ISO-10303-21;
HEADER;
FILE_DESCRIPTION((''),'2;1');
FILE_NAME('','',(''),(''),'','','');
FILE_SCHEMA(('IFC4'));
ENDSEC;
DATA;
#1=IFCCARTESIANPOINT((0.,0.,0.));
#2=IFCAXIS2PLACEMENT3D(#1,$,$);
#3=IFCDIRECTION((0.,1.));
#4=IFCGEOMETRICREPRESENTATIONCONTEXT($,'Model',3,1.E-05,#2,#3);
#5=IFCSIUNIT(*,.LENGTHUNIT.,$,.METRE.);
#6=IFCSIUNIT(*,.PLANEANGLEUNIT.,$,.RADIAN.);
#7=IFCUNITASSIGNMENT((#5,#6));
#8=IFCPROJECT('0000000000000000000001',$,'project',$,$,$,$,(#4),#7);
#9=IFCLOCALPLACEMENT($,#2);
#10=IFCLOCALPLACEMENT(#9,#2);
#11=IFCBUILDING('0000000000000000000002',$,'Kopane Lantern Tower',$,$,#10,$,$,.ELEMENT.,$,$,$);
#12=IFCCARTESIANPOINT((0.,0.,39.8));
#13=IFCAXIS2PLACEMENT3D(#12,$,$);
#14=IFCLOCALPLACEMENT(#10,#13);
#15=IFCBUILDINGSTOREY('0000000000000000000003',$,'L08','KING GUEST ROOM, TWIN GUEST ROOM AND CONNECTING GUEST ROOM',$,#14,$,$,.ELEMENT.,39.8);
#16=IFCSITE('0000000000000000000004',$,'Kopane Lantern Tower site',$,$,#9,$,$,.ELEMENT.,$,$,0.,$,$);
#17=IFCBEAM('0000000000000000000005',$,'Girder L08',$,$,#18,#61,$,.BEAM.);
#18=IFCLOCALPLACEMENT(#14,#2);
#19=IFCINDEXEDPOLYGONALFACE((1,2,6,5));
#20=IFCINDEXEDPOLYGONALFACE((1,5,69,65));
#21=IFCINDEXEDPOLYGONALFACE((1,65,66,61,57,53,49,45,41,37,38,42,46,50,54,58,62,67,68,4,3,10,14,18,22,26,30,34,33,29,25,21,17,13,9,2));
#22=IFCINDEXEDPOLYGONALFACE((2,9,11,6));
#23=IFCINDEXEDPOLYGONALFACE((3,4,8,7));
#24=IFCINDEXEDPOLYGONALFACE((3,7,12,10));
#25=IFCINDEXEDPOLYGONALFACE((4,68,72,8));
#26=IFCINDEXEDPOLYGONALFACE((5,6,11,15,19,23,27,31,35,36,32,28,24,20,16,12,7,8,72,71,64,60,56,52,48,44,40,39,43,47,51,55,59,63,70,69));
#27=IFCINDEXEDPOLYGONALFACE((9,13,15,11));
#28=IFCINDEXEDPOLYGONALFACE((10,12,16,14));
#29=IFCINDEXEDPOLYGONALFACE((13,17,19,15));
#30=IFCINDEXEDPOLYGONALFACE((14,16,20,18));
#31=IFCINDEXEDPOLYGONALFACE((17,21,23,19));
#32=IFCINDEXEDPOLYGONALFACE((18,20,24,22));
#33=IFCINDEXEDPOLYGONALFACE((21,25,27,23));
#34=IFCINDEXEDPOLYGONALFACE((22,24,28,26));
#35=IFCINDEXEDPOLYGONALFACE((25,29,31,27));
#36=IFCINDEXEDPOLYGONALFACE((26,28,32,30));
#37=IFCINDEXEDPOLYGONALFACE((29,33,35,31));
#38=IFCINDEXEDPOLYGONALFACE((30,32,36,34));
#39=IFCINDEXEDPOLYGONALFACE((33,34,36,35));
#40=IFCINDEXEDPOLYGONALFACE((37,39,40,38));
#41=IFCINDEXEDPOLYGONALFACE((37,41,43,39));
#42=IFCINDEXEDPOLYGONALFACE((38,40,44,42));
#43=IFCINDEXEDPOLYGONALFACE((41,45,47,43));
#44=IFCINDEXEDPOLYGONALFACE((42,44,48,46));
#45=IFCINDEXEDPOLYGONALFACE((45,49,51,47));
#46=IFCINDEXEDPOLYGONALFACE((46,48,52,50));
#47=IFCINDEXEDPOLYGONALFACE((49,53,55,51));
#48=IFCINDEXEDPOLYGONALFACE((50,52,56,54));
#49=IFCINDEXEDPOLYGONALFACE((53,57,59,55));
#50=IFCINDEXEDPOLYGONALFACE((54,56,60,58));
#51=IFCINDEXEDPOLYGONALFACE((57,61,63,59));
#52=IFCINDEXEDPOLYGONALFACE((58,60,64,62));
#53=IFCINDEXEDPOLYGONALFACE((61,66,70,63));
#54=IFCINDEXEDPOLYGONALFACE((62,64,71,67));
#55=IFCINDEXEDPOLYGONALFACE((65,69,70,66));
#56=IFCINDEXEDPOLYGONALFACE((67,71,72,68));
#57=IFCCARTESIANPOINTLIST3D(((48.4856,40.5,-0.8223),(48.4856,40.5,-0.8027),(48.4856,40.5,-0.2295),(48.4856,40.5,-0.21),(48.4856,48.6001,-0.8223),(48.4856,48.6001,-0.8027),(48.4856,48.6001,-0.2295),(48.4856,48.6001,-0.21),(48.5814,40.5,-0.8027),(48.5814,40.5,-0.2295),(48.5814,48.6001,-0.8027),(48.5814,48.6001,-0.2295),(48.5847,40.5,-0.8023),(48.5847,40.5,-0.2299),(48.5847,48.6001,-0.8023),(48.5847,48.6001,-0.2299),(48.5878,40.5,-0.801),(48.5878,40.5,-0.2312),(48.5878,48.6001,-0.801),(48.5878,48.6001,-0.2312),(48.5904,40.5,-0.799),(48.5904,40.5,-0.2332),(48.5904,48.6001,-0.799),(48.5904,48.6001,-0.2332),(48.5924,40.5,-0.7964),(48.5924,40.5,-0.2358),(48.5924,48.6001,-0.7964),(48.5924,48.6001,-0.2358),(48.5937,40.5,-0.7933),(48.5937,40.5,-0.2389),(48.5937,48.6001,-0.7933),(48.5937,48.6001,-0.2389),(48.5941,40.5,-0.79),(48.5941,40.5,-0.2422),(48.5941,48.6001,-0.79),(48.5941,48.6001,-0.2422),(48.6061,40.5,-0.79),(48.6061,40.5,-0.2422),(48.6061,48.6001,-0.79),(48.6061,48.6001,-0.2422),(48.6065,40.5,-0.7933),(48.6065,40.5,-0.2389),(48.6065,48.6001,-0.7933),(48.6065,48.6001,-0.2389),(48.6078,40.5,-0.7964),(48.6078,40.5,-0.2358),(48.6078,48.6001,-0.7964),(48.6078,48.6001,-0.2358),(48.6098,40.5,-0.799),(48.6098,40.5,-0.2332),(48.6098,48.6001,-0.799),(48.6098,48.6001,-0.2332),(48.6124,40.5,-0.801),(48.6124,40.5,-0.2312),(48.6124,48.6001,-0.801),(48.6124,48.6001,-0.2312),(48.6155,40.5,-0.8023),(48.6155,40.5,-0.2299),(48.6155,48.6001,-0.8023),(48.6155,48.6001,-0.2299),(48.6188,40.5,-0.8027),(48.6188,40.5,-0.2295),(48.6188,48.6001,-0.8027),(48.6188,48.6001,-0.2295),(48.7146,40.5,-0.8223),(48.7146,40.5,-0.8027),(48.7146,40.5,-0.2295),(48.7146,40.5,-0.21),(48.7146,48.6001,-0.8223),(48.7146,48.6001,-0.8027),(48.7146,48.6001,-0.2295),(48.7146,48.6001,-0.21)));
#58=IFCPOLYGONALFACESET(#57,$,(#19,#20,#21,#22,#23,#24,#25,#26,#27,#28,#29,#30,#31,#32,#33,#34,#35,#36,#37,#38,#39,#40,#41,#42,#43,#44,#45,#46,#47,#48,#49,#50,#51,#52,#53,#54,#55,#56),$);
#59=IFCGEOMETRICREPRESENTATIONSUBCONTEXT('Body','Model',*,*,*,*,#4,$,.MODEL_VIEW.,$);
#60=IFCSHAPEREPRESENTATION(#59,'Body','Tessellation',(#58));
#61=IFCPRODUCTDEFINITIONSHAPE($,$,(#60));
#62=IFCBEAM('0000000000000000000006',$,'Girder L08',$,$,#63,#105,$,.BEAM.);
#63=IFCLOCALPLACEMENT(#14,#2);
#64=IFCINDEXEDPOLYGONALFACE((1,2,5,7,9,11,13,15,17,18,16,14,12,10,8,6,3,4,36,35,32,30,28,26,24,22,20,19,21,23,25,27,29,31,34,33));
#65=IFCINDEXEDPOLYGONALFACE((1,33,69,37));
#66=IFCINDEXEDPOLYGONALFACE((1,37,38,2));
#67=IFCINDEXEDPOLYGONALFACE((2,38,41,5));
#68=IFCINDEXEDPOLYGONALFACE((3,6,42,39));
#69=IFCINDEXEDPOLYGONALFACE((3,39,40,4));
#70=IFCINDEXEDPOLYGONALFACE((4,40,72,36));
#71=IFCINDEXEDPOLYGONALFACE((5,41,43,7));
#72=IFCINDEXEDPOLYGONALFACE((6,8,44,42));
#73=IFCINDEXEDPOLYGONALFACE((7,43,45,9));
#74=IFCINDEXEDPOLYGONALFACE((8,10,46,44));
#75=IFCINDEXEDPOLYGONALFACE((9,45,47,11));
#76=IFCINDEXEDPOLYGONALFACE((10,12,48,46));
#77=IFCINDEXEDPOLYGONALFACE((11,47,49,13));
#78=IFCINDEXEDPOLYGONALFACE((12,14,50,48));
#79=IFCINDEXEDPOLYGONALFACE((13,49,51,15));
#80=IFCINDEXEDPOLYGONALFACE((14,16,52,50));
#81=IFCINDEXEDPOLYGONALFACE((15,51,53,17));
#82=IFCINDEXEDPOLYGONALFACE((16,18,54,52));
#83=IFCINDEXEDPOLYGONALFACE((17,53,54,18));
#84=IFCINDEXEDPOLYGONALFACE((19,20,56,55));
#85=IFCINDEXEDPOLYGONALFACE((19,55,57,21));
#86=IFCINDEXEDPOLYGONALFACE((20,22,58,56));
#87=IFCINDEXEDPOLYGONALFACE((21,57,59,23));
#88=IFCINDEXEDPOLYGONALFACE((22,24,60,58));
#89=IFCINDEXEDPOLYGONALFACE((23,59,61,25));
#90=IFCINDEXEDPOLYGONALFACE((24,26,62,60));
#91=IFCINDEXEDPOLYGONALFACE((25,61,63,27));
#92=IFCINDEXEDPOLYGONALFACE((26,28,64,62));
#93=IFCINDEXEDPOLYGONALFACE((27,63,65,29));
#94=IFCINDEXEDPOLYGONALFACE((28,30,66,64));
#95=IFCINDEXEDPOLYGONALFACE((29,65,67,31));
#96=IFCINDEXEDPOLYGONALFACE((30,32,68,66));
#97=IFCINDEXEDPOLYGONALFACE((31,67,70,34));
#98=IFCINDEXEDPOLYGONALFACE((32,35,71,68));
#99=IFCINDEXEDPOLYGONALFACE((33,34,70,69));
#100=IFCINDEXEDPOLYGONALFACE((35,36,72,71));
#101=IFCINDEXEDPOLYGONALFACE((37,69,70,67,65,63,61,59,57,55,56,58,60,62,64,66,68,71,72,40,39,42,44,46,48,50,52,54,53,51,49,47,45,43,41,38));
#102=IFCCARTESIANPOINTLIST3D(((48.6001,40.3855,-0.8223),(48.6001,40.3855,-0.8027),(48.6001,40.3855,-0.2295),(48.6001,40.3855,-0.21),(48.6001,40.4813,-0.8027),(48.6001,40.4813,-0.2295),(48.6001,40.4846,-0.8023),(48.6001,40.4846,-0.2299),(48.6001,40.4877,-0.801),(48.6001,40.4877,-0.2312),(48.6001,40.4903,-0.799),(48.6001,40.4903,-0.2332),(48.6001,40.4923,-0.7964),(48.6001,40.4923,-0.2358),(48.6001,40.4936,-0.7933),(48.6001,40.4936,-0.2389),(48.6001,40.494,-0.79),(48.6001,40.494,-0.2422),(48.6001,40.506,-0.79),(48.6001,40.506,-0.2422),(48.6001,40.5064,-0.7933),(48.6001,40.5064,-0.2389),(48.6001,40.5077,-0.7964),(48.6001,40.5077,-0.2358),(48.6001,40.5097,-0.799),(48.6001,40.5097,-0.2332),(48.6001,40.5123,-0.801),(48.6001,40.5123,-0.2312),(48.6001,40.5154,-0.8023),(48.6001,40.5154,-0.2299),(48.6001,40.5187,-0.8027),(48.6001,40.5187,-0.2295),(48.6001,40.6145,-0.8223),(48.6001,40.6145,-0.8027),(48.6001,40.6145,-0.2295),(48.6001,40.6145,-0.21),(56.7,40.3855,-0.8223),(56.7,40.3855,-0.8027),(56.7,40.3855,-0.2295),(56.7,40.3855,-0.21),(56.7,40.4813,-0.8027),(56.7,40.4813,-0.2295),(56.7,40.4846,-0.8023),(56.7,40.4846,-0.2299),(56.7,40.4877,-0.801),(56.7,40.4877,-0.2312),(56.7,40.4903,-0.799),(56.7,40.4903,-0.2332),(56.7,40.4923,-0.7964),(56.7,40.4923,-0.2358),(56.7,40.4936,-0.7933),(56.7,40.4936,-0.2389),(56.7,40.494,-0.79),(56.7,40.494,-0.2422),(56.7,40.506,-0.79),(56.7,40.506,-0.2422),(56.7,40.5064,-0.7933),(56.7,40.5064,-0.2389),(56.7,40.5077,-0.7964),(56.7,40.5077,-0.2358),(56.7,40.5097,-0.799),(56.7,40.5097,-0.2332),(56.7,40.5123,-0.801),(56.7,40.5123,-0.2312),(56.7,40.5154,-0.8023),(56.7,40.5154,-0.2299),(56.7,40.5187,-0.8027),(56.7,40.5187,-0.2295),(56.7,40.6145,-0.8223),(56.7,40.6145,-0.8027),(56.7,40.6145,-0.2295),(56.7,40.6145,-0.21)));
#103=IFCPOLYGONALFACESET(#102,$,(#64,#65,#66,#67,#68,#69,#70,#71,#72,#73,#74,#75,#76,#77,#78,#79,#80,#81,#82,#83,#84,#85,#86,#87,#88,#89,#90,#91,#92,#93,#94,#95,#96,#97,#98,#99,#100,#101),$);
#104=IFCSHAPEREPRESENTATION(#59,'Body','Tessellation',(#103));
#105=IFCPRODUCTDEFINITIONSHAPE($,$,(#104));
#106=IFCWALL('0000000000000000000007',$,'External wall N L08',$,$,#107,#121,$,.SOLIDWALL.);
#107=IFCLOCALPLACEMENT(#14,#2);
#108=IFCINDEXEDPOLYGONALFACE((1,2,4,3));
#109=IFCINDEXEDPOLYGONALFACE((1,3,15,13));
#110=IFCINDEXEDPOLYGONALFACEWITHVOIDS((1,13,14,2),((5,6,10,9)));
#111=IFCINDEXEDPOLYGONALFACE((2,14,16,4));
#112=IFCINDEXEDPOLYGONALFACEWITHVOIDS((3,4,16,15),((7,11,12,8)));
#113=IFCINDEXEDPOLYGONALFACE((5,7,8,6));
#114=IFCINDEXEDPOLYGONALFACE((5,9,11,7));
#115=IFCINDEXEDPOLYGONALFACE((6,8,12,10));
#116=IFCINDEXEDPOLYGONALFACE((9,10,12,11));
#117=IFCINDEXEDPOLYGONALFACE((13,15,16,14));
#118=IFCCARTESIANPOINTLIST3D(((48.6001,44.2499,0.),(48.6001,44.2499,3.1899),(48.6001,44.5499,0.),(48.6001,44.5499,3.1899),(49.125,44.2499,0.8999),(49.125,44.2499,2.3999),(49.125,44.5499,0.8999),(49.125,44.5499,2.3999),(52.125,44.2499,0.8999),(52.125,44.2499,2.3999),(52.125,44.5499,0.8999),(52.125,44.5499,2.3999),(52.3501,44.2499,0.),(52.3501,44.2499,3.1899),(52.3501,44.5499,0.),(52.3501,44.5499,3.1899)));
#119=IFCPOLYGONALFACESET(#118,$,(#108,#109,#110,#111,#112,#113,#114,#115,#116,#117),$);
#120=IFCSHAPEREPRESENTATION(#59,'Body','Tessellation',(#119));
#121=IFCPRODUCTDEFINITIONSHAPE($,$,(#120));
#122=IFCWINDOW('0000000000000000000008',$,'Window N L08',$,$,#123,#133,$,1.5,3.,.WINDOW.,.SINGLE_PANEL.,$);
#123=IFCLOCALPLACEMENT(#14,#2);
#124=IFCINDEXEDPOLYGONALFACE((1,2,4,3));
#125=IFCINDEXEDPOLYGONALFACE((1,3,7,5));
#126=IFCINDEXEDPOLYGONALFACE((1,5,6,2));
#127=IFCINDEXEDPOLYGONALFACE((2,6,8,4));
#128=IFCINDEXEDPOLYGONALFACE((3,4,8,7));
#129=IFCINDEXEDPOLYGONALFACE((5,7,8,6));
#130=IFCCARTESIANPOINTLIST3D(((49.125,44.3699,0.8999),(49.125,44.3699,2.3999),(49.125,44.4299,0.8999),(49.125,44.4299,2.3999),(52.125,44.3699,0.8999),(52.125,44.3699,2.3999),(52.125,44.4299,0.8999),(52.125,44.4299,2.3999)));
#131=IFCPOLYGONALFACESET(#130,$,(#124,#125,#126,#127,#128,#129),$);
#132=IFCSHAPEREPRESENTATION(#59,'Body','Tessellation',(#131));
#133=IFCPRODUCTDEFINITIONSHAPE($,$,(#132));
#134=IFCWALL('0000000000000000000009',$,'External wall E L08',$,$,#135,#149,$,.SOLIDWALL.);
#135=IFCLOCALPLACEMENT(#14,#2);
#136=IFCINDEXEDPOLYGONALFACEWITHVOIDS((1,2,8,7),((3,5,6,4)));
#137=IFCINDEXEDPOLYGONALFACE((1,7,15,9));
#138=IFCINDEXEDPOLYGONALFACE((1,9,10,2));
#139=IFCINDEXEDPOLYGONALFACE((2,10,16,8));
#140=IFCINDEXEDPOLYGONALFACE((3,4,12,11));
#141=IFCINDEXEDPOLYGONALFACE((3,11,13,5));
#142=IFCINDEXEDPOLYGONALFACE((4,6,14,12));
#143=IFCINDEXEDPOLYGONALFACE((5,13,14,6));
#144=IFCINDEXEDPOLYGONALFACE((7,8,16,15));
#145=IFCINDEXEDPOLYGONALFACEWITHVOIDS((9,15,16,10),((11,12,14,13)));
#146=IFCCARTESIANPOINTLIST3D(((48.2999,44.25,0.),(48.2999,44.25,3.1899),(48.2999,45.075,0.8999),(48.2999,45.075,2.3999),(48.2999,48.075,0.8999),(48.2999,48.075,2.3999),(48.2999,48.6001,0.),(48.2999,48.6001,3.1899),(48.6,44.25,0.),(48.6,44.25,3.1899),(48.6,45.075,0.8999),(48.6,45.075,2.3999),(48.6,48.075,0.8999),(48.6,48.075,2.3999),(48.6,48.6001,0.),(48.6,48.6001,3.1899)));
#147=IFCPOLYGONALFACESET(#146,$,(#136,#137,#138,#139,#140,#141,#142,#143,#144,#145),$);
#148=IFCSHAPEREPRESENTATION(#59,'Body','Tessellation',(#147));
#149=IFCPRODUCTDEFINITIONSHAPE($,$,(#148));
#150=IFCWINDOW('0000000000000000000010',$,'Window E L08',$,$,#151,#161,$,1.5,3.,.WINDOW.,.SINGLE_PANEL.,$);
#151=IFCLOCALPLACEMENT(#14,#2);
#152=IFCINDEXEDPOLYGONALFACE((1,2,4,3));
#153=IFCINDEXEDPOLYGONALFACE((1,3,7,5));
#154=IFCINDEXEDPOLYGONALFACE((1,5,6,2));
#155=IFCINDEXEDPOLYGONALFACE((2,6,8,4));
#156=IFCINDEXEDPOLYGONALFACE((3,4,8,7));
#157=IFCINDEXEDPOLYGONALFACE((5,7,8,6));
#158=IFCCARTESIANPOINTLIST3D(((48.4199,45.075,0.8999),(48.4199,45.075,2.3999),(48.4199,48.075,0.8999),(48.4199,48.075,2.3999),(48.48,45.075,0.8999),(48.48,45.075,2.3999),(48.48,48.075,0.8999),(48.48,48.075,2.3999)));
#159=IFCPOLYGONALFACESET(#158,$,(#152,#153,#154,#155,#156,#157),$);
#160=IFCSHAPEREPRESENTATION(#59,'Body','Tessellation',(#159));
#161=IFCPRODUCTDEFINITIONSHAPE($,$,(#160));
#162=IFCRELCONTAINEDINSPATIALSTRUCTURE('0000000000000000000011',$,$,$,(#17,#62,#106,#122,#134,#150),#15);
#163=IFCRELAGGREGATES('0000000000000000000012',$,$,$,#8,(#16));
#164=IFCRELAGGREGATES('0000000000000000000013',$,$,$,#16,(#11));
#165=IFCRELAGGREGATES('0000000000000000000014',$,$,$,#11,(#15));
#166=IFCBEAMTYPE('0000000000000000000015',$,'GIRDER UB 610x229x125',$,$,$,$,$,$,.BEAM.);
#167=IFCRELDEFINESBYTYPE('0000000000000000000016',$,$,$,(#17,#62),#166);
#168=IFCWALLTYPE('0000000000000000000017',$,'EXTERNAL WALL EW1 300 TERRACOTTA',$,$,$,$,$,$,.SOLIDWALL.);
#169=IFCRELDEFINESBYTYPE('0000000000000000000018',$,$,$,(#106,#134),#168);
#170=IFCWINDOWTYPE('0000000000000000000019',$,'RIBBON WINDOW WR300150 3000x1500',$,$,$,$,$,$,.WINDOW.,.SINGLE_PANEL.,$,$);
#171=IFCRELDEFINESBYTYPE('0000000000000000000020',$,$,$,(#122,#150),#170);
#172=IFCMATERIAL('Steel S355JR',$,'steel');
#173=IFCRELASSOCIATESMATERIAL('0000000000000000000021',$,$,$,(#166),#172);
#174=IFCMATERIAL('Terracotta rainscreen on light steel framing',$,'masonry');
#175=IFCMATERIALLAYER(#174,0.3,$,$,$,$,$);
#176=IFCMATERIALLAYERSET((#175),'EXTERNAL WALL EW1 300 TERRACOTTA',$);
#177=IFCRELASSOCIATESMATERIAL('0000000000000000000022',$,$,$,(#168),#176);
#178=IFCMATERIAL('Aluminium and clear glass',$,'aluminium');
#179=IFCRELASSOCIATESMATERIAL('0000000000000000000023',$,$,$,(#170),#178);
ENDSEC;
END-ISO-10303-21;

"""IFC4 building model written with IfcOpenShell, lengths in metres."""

from ifc_helpers import new_model, si_unit, direction, frame, frame_2d, origin, origin_2d, place, context, subcontext, project, spatial, rectangle, i_section, extrude, material, layer, layer_set, material_profile, profile_set, type_object, element, fill, save


model = new_model("IFC4")

# Units and contexts
model_context = context("Model", 3, precision=1e-05, world=origin(), true_north=direction((0.0, 1.0)))
body_context = subcontext(model_context, "Body", "Model", "MODEL_VIEW")
ifc_project = project(units=[si_unit("LENGTHUNIT", "METRE"), si_unit("PLANEANGLEUNIT", "RADIAN")], contexts=[model_context])

# Site, building, storey
site_placement = place(None, origin())
site = spatial("IfcSite", under=ifc_project, at=site_placement, Name="Kopane Lantern Tower site", CompositionType="ELEMENT", RefElevation=0.0)
building_placement = place(site_placement, origin())
building = spatial("IfcBuilding", under=site, at=building_placement, Name="Kopane Lantern Tower", CompositionType="ELEMENT")
storey_placement = place(building_placement, frame((0.0, 0.0, 39.8)))
storey = spatial("IfcBuildingStorey", under=building, at=storey_placement, Name="L08", Description="KING GUEST ROOM, TWIN GUEST ROOM AND CONNECTING GUEST ROOM", CompositionType="ELEMENT", Elevation=39.8)

# Beams
ifc_material_1 = material(Name="Steel S355JR", Category="steel")
ifc_material_profile_1 = material_profile(ifc_material_1, i_section(OverallWidth=0.229, OverallDepth=0.6123, WebThickness=0.012, FlangeThickness=0.0195, FilletRadius=0.0127, at=origin_2d()), Name="UB 610x229x125")
ifc_profile_set_1 = profile_set([ifc_material_profile_1], Name="Steel S355JR")
beam_type_1 = type_object("IfcBeamType", Name="GIRDER UB 610x229x125", PredefinedType="BEAM", material=ifc_profile_set_1)
beam_1_placement = place(storey_placement, frame((48.6001, 40.5, -0.5161), z_axis=(0.0, 1.0, 0.0), x_axis=(-1.0, 0.0, 0.0)))
element("IfcBeam", 1, at=beam_1_placement, inside=storey, type_object=beam_type_1, Name="Girder L08", PredefinedType="BEAM", context=body_context, shape_type="SweptSolid", body=[
    extrude(i_section(OverallWidth=0.229, OverallDepth=0.6123, WebThickness=0.012, FlangeThickness=0.0195, FilletRadius=0.0127, at=origin_2d()), origin(), (0.0, 0.0, 1.0), 8.1001),
])
beam_2_placement = place(storey_placement, frame((48.6001, 40.5, -0.5161), z_axis=(1.0, 0.0, 0.0), x_axis=(0.0, 1.0, 0.0)))
element("IfcBeam", 2, at=beam_2_placement, inside=storey, type_object=beam_type_1, Name="Girder L08", PredefinedType="BEAM", context=body_context, shape_type="SweptSolid", body=[
    extrude(i_section(OverallWidth=0.229, OverallDepth=0.6123, WebThickness=0.012, FlangeThickness=0.0195, FilletRadius=0.0127, at=origin_2d()), origin(), (0.0, 0.0, 1.0), 8.0999),
])

# Walls, openings, windows
ifc_material_2 = material(Name="Terracotta rainscreen on light steel framing", Category="masonry")
ifc_layer = layer(ifc_material_2, 0.3)
ifc_layer_set = layer_set([ifc_layer], Name="EXTERNAL WALL EW1 300 TERRACOTTA")
wall_type = type_object("IfcWallType", Name="EXTERNAL WALL EW1 300 TERRACOTTA", PredefinedType="SOLIDWALL", material=ifc_layer_set)
wall_1_placement = place(storey_placement, frame((52.3501, 44.3999, 0.0), z_axis=(0.0, 0.0, 1.0), x_axis=(-1.0, 0.0, 0.0)))
wall_1 = element("IfcWall", 3, at=wall_1_placement, inside=storey, type_object=wall_type, Name="External wall N L08", PredefinedType="SOLIDWALL", context=body_context, shape_type="SweptSolid", body=[
    extrude(rectangle(XDim=3.75, YDim=0.3, at=frame_2d((1.875, 0.0))), origin(), (0.0, 0.0, 1.0), 3.1899),
])
opening_1_placement = place(wall_1_placement, frame((0.2251, 0.0, 0.8999)))
opening_1 = element("IfcOpeningElement", 4, at=opening_1_placement, cuts=wall_1, PredefinedType="OPENING", context=body_context, shape_type="SweptSolid", body=[
    extrude(rectangle(XDim=3.0, YDim=1.5, at=frame_2d((1.5, 0.75))), frame((0.0, 0.1599, 0.0), z_axis=(0.0, -1.0, 0.0), x_axis=(1.0, 0.0, 0.0)), (0.0, 0.0, 1.0), 0.3201),
])
ifc_material_3 = material(Name="Aluminium and clear glass", Category="aluminium")
window_type_1 = type_object("IfcWindowType", Name="RIBBON WINDOW WR300150 3000x1500", PartitioningType="SINGLE_PANEL", PredefinedType="WINDOW", material=ifc_material_3)
window_1_placement = place(opening_1_placement, origin())
window_1 = element("IfcWindow", 5, at=window_1_placement, inside=storey, type_object=window_type_1, Name="Window N L08", OverallHeight=1.5, OverallWidth=3.0, PartitioningType="SINGLE_PANEL", PredefinedType="WINDOW", context=body_context, shape_type="SweptSolid", body=[
    extrude(rectangle(XDim=3.0, YDim=1.5, at=frame_2d((1.5, 0.75))), frame((0.0, 0.03, 0.0), z_axis=(0.0, -1.0, 0.0), x_axis=(1.0, 0.0, 0.0)), (0.0, 0.0, 1.0), 0.0601),
])
fill(opening_1, window_1)
wall_2_placement = place(storey_placement, frame((48.45, 44.25, 0.0), z_axis=(0.0, 0.0, 1.0), x_axis=(0.0, 1.0, 0.0)))
wall_2 = element("IfcWall", 6, at=wall_2_placement, inside=storey, type_object=wall_type, Name="External wall E L08", PredefinedType="SOLIDWALL", context=body_context, shape_type="SweptSolid", body=[
    extrude(rectangle(XDim=4.3501, YDim=0.3, at=frame_2d((2.175, 0.0))), origin(), (0.0, 0.0, 1.0), 3.1899),
])
opening_2_placement = place(wall_2_placement, frame((0.825, 0.0, 0.8999)))
opening_2 = element("IfcOpeningElement", 7, at=opening_2_placement, cuts=wall_2, PredefinedType="OPENING", context=body_context, shape_type="SweptSolid", body=[
    extrude(rectangle(XDim=3.0, YDim=1.5, at=frame_2d((1.5, 0.75))), frame((0.0, 0.1599, 0.0), z_axis=(0.0, -1.0, 0.0), x_axis=(1.0, 0.0, 0.0)), (0.0, 0.0, 1.0), 0.3201),
])
window_2_placement = place(opening_2_placement, origin())
window_2 = element("IfcWindow", 8, at=window_2_placement, inside=storey, type_object=window_type_1, Name="Window E L08", OverallHeight=1.5, OverallWidth=3.0, PartitioningType="SINGLE_PANEL", PredefinedType="WINDOW", context=body_context, shape_type="SweptSolid", body=[
    extrude(rectangle(XDim=3.0, YDim=1.5, at=frame_2d((1.5, 0.75))), frame((0.0, 0.03, 0.0), z_axis=(0.0, -1.0, 0.0), x_axis=(1.0, 0.0, 0.0)), (0.0, 0.0, 1.0), 0.0601),
])
fill(opening_2, window_2)

save(model, "model.ifc")
